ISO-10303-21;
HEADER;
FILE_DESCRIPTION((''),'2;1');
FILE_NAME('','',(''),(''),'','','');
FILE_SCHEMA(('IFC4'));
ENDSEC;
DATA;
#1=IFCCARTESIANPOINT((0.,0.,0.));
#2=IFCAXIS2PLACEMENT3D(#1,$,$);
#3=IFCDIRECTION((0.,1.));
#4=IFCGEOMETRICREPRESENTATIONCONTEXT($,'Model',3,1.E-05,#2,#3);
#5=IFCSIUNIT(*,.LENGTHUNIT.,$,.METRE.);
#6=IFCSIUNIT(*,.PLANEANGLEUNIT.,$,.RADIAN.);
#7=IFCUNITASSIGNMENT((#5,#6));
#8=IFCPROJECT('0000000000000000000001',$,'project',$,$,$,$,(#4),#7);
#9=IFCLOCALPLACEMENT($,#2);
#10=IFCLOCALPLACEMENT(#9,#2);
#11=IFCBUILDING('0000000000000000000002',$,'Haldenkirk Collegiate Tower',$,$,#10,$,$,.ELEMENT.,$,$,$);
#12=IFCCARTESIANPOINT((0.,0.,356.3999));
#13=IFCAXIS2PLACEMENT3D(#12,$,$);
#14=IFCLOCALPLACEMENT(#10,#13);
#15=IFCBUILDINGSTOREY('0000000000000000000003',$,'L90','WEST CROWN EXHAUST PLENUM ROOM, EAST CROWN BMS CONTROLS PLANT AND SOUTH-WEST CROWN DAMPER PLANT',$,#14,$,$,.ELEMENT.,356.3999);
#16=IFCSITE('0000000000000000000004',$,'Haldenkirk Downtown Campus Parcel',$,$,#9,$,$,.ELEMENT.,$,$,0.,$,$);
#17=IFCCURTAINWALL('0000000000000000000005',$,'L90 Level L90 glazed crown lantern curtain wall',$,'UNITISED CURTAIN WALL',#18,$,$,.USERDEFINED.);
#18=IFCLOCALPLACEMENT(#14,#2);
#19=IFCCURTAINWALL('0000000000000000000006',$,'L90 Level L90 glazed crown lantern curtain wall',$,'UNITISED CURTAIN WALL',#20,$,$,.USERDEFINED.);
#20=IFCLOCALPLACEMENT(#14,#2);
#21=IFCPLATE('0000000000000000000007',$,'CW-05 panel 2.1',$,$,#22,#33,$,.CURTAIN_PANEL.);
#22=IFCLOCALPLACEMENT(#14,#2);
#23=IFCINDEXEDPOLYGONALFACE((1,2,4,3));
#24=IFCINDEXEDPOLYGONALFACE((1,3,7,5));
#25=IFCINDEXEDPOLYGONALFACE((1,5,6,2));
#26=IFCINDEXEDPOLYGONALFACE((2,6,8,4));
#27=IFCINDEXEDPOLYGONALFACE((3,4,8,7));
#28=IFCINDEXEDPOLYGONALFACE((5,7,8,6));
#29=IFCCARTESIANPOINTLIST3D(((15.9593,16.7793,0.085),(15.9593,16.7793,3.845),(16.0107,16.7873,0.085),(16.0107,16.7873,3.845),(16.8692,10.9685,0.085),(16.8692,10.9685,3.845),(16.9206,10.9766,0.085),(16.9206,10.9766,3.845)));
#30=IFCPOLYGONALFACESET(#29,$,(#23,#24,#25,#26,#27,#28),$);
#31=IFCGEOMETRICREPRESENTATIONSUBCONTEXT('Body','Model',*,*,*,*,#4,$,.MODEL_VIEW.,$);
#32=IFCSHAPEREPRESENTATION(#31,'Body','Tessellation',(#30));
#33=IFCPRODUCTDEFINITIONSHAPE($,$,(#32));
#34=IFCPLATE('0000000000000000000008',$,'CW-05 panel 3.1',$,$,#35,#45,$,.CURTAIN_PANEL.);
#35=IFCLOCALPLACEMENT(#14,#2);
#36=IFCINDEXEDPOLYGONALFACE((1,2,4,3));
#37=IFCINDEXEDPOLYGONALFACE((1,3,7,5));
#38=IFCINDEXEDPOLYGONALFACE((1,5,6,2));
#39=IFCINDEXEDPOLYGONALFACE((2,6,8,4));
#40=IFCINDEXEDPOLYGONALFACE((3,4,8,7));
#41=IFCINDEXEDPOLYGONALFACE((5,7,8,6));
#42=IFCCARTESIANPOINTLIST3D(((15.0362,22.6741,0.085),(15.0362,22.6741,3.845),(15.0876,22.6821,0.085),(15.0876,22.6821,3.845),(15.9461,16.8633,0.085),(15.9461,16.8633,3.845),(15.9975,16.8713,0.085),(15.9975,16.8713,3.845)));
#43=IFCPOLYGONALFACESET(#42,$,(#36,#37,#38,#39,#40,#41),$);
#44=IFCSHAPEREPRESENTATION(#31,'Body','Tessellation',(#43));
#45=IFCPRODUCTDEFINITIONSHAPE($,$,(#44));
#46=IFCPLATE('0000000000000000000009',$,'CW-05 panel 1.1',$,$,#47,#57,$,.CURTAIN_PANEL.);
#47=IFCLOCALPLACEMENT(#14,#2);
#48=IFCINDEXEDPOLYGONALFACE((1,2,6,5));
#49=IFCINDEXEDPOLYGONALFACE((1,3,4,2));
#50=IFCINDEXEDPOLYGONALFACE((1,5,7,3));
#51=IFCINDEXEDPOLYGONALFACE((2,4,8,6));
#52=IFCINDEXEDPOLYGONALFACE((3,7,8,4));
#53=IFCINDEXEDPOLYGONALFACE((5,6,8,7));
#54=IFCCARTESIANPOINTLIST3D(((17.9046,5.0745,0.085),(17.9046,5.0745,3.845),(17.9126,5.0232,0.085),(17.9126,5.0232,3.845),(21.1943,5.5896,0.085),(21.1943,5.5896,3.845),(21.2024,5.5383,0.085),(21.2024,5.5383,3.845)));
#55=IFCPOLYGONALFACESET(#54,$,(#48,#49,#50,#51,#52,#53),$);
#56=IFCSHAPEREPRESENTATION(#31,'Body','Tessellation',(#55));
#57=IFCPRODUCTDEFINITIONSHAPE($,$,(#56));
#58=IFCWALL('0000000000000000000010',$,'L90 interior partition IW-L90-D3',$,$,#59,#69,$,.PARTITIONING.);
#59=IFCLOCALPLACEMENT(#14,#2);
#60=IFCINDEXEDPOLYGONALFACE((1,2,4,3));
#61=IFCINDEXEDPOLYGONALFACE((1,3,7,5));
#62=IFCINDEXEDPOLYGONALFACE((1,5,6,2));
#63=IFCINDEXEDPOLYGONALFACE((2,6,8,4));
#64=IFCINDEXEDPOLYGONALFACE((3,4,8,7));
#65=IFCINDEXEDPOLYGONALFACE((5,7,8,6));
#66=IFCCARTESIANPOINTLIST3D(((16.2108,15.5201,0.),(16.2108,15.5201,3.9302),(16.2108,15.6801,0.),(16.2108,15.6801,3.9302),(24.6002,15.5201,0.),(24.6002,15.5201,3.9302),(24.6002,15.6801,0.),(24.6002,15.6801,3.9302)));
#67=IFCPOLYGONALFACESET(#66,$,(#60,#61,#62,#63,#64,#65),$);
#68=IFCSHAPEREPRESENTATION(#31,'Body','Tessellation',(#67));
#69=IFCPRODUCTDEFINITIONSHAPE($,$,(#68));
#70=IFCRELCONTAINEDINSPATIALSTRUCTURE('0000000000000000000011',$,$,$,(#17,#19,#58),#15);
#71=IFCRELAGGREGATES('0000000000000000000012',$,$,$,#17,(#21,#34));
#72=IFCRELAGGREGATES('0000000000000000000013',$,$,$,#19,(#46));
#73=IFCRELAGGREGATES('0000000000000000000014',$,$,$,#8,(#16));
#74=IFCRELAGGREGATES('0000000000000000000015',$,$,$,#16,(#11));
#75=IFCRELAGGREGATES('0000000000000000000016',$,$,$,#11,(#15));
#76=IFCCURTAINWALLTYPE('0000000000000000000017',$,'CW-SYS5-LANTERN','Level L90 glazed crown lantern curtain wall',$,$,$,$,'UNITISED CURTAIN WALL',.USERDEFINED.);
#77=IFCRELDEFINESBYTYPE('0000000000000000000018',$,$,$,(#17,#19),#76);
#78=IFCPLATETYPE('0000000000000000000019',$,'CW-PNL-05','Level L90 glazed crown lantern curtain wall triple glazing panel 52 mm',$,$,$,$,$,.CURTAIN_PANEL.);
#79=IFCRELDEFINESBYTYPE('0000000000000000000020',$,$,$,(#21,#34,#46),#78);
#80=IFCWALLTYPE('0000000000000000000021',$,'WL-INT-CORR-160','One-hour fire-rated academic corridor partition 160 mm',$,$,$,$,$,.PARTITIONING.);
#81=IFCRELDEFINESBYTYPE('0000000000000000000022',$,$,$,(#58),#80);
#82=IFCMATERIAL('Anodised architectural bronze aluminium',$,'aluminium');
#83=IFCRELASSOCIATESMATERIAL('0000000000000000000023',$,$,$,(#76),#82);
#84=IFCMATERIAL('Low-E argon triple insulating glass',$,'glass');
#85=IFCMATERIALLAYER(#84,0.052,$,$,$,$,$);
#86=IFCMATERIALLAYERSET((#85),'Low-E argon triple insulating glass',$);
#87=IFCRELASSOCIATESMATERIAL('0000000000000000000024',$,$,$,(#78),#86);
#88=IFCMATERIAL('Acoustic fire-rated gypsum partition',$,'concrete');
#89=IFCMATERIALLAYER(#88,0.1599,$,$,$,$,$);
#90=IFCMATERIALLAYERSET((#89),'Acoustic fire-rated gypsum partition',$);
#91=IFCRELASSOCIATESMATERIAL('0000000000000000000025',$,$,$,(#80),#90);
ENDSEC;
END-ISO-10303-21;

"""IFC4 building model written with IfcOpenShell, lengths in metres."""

from ifc_helpers import new_model, si_unit, direction, frame, frame_2d, origin, origin_2d, place, context, subcontext, project, spatial, rectangle, extrude, source, transform, mapped, material, layer, layer_set, type_object, element, aggregate, save


model = new_model("IFC4")

# Units and contexts
model_context = context("Model", 3, precision=1e-05, world=origin(), true_north=direction((0.0, 1.0)))
body_context = subcontext(model_context, "Body", "Model", "MODEL_VIEW")
ifc_project = project(units=[si_unit("LENGTHUNIT", "METRE"), si_unit("PLANEANGLEUNIT", "RADIAN")], contexts=[model_context])

# Site, building, storey
site_placement = place(None, origin())
site = spatial("IfcSite", under=ifc_project, at=site_placement, Name="Haldenkirk Downtown Campus Parcel", CompositionType="ELEMENT", RefElevation=0.0)
building_placement = place(site_placement, origin())
building = spatial("IfcBuilding", under=site, at=building_placement, Name="Haldenkirk Collegiate Tower", CompositionType="ELEMENT")
storey_placement = place(building_placement, frame((0.0, 0.0, 356.3999)))
storey = spatial("IfcBuildingStorey", under=building, at=storey_placement, Name="L90", Description="WEST CROWN EXHAUST PLENUM ROOM, EAST CROWN BMS CONTROLS PLANT AND SOUTH-WEST CROWN DAMPER PLANT", CompositionType="ELEMENT", Elevation=356.3999)

# Curtain wall
ifc_material_1 = material(Name="Anodised architectural bronze aluminium", Category="aluminium")
curtain_wall_type = type_object("IfcCurtainWallType", Name="CW-SYS5-LANTERN", Description="Level L90 glazed crown lantern curtain wall", ElementType="UNITISED CURTAIN WALL", PredefinedType="USERDEFINED", material=ifc_material_1)
curtain_wall_1_placement = place(storey_placement, origin())
curtain_wall_1 = element("IfcCurtainWall", 1, at=curtain_wall_1_placement, inside=storey, type_object=curtain_wall_type, Name="L90 Level L90 glazed crown lantern curtain wall", ObjectType="UNITISED CURTAIN WALL", PredefinedType="USERDEFINED")

# Curtain wall
curtain_wall_2_placement = place(storey_placement, origin())
curtain_wall_2 = element("IfcCurtainWall", 2, at=curtain_wall_2_placement, inside=storey, type_object=curtain_wall_type, Name="L90 Level L90 glazed crown lantern curtain wall", ObjectType="UNITISED CURTAIN WALL", PredefinedType="USERDEFINED")

# Plates
ifc_material_2 = material(Name="Low-E argon triple insulating glass", Category="glass")
ifc_layer_1 = layer(ifc_material_2, 0.052)
ifc_layer_set_1 = layer_set([ifc_layer_1], Name="Low-E argon triple insulating glass")
plate_type = type_object("IfcPlateType", Name="CW-PNL-05", Description="Level L90 glazed crown lantern curtain wall triple glazing panel 52 mm", PredefinedType="CURTAIN_PANEL", material=ifc_layer_set_1)
shared_shape_1 = source(origin(), body_context, "Body", "SweptSolid", [
    extrude(rectangle(XDim=5.8816, YDim=0.052, at=origin_2d()), origin(), (0.0, 0.0, 1.0), 3.76),
])
plate_1_placement = place(storey_placement, frame((16.4399, 13.8779, 0.085), z_axis=(0.0, 0.0, 1.0), x_axis=(-0.154713, 0.98796, 0.0)))
plate_1 = element("IfcPlate", 3, at=plate_1_placement, type_object=plate_type, Name="CW-05 panel 2.1", PredefinedType="CURTAIN_PANEL", context=body_context, shape_type="MappedRepresentation", body=[
    mapped(shared_shape_1, transform((0.0, 0.0, 0.0), x_axis=(1.0, 0.0, 0.0), y_axis=(0.0, 1.0, 0.0), z_axis=(0.0, 0.0, 1.0), scale=1.0)),
])
plate_2_placement = place(storey_placement, frame((15.5168, 19.7727, 0.085), z_axis=(0.0, 0.0, 1.0), x_axis=(-0.154713, 0.98796, 0.0)))
plate_2 = element("IfcPlate", 4, at=plate_2_placement, type_object=plate_type, Name="CW-05 panel 3.1", PredefinedType="CURTAIN_PANEL", context=body_context, shape_type="MappedRepresentation", body=[
    mapped(shared_shape_1, transform((0.0, 0.0, 0.0), x_axis=(1.0, 0.0, 0.0), y_axis=(0.0, 1.0, 0.0), z_axis=(0.0, 0.0, 1.0), scale=1.0)),
])
aggregate(curtain_wall_1, [plate_1, plate_2])
shared_shape_2 = source(origin(), body_context, "Body", "SweptSolid", [
    extrude(rectangle(XDim=3.3298, YDim=0.052, at=origin_2d()), origin(), (0.0, 0.0, 1.0), 3.76),
])
plate_3_placement = place(storey_placement, frame((19.5535, 5.3064, 0.085), z_axis=(0.0, 0.0, 1.0), x_axis=(-0.987963, -0.154689, 0.0)))
plate_3 = element("IfcPlate", 5, at=plate_3_placement, type_object=plate_type, Name="CW-05 panel 1.1", PredefinedType="CURTAIN_PANEL", context=body_context, shape_type="MappedRepresentation", body=[
    mapped(shared_shape_2, transform((0.0, 0.0, 0.0), x_axis=(1.0, 0.0, 0.0), y_axis=(0.0, 1.0, 0.0), z_axis=(0.0, 0.0, 1.0), scale=1.0)),
])
aggregate(curtain_wall_2, [plate_3])

# Wall
ifc_material_3 = material(Name="Acoustic fire-rated gypsum partition", Category="concrete")
ifc_layer_2 = layer(ifc_material_3, 0.1599)
ifc_layer_set_2 = layer_set([ifc_layer_2], Name="Acoustic fire-rated gypsum partition")
wall_type = type_object("IfcWallType", Name="WL-INT-CORR-160", Description="One-hour fire-rated academic corridor partition 160 mm", PredefinedType="PARTITIONING", material=ifc_layer_set_2)
wall_placement = place(storey_placement, frame((16.2107, 15.6001, 0.0), z_axis=(0.0, 0.0, 1.0), x_axis=(1.0, 0.0, 0.0)))
element("IfcWall", 6, at=wall_placement, inside=storey, type_object=wall_type, Name="L90 interior partition IW-L90-D3", PredefinedType="PARTITIONING", context=body_context, shape_type="SweptSolid", body=[
    extrude(rectangle(XDim=8.3894, YDim=0.1599, at=frame_2d((4.1948, 0.0))), origin(), (0.0, 0.0, 1.0), 3.9302),
])

save(model, "model.ifc")
